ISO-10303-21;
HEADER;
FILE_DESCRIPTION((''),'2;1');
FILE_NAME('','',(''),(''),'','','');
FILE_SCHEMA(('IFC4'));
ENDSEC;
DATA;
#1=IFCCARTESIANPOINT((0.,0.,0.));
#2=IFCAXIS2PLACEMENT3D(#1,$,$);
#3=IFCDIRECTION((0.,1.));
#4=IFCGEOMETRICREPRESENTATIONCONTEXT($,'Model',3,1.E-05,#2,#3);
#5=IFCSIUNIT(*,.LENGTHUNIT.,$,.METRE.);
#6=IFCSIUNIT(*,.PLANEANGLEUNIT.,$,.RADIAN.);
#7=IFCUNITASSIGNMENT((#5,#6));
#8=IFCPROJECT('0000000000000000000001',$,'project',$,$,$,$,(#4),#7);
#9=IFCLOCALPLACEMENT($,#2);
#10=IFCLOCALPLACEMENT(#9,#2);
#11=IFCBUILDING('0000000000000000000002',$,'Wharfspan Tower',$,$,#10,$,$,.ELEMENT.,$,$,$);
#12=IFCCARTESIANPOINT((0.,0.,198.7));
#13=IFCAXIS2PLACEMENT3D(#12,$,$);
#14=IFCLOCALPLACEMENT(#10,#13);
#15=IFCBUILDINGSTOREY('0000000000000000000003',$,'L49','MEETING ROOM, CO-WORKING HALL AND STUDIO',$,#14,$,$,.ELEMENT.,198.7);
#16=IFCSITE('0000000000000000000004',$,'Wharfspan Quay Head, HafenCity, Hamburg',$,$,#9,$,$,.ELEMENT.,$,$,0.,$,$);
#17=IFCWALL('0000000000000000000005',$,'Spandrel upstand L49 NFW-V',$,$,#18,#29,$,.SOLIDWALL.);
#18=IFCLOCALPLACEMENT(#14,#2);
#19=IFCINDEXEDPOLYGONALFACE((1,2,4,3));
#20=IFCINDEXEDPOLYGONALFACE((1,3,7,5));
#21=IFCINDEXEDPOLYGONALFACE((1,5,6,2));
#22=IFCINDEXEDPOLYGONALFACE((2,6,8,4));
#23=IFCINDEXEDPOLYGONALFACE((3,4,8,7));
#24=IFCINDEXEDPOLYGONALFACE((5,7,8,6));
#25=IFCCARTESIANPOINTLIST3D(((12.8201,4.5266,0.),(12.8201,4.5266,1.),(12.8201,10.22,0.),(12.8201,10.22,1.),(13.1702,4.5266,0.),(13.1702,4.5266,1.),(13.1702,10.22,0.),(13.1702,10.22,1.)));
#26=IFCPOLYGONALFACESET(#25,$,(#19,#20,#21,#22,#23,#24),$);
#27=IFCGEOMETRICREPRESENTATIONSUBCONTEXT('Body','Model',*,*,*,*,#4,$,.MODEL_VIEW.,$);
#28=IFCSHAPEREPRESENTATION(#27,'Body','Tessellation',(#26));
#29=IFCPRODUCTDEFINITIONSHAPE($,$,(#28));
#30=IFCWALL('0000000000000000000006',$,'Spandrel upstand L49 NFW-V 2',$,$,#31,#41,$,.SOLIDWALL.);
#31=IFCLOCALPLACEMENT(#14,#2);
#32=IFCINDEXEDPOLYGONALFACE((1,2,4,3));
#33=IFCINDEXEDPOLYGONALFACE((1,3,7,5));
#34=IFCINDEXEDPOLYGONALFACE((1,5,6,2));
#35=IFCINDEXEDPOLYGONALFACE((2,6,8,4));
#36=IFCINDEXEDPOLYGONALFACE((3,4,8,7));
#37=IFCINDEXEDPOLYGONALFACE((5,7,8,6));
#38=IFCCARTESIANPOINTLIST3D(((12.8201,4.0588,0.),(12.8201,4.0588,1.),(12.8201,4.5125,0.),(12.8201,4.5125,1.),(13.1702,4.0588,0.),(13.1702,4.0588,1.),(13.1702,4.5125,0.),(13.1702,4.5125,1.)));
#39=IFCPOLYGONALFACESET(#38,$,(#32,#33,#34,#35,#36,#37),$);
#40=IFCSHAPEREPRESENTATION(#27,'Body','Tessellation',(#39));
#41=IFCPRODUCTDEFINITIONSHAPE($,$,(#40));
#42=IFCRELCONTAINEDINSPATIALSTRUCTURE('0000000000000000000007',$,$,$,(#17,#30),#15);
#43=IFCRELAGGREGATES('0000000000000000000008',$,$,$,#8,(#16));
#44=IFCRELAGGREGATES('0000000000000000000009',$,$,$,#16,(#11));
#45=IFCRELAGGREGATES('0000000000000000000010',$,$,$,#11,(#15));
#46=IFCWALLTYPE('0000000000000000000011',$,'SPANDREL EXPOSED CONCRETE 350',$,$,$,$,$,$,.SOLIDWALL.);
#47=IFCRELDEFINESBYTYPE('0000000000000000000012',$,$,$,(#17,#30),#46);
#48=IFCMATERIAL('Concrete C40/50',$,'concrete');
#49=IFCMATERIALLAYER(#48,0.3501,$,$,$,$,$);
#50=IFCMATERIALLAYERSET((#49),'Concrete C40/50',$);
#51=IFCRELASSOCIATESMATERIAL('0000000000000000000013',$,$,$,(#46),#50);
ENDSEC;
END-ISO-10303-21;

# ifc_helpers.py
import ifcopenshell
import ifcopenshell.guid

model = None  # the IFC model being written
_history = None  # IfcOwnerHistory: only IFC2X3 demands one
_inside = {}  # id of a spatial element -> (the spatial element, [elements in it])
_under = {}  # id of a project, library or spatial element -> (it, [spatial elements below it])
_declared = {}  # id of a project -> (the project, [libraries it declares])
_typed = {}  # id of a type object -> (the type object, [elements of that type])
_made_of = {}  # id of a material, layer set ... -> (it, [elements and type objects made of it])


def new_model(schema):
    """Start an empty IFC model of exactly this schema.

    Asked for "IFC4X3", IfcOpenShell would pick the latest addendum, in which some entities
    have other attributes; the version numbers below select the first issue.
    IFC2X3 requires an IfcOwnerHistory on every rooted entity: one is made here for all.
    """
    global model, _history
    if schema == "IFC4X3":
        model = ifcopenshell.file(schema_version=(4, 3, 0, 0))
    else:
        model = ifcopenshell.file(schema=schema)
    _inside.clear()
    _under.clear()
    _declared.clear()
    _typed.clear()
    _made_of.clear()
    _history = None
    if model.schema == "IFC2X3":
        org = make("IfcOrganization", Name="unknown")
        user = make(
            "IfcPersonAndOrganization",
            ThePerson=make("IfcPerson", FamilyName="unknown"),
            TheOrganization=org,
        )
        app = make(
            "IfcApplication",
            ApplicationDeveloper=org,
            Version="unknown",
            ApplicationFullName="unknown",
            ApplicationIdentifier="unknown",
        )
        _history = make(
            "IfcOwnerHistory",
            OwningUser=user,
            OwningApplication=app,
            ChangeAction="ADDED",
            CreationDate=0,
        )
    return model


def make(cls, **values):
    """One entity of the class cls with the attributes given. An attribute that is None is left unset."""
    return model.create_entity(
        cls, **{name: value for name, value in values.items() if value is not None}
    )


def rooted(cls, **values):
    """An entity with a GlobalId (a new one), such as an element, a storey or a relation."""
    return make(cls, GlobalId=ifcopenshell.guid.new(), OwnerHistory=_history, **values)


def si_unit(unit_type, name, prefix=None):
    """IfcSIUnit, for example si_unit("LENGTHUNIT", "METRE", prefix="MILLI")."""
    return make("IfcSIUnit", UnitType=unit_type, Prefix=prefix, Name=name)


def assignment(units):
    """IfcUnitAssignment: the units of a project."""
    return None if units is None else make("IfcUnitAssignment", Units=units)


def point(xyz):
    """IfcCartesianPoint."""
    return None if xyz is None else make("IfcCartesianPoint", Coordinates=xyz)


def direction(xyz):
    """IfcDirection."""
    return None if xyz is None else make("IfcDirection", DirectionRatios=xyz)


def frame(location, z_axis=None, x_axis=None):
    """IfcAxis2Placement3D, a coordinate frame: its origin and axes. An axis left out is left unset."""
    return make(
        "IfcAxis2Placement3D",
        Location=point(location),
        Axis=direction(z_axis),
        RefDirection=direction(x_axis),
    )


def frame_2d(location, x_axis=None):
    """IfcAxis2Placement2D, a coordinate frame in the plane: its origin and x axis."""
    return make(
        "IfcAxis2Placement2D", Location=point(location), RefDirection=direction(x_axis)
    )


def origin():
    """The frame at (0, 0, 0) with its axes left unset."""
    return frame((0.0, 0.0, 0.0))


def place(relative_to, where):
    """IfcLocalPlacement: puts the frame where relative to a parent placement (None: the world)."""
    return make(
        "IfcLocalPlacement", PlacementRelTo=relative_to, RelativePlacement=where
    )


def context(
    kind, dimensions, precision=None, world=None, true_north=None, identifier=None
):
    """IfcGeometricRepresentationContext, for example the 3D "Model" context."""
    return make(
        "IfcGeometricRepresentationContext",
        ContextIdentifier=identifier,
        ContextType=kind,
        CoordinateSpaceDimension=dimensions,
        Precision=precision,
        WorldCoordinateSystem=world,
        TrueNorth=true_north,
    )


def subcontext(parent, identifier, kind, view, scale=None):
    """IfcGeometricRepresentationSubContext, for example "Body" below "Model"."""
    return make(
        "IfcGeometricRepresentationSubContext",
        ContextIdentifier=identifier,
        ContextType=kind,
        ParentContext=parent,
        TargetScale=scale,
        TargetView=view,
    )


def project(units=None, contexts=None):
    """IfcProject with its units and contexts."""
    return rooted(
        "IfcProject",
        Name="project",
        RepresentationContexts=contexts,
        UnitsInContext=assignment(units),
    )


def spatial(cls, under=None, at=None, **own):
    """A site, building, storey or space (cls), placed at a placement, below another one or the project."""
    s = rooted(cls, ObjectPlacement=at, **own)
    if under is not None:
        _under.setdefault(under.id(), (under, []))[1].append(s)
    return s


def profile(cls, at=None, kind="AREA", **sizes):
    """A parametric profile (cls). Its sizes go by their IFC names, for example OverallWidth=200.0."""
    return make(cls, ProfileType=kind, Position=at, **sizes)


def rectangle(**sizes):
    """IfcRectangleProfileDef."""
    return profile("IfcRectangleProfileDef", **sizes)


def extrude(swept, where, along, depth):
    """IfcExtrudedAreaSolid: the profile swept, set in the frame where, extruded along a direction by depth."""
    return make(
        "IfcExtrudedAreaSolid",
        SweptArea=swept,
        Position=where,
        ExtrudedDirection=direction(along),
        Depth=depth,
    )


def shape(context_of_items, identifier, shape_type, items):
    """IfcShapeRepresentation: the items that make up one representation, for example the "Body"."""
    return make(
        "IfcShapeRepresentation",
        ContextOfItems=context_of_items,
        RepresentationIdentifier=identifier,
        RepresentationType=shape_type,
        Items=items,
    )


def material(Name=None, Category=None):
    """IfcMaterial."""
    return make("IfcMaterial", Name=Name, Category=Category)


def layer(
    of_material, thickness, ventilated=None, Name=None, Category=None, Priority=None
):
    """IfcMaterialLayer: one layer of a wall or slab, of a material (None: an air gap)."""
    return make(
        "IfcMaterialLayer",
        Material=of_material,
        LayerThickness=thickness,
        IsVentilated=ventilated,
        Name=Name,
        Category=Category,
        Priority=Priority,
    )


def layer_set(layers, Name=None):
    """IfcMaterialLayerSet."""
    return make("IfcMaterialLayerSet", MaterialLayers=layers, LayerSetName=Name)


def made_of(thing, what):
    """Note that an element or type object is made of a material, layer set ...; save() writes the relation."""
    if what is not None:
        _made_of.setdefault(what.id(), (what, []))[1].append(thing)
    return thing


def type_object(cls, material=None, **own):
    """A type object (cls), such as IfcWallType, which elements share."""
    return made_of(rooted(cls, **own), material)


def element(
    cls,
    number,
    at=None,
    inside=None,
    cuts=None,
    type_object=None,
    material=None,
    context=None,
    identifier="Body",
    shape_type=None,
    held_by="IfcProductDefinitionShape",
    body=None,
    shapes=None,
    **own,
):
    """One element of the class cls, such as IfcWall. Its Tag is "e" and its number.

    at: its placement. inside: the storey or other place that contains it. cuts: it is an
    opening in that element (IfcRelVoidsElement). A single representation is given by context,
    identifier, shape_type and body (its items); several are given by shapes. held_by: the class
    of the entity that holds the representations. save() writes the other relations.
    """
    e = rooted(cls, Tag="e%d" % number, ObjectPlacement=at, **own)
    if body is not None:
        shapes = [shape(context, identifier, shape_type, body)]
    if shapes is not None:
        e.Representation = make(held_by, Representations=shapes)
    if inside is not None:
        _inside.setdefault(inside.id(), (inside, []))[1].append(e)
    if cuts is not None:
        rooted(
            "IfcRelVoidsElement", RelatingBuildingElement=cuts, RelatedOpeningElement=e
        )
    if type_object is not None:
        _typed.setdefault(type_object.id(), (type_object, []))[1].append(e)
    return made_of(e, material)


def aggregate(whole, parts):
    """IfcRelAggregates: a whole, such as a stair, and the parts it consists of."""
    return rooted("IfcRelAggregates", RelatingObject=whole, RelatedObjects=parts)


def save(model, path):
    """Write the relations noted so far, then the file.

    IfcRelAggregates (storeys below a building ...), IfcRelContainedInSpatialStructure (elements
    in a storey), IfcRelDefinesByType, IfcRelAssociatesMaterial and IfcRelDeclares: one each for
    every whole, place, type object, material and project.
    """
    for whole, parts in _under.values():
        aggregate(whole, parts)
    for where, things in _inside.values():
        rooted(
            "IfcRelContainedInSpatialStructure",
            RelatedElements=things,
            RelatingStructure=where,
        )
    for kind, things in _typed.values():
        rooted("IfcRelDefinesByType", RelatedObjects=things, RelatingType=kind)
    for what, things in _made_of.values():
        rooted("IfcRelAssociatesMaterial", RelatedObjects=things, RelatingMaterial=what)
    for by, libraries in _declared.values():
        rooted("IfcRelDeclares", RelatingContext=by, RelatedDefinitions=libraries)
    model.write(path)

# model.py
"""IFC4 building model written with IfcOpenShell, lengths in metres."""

from ifc_helpers import new_model, si_unit, direction, frame, frame_2d, origin, place, context, subcontext, project, spatial, rectangle, extrude, material, layer, layer_set, type_object, element, save


model = new_model("IFC4")

# Units and contexts
model_context = context("Model", 3, precision=1e-05, world=origin(), true_north=direction((0.0, 1.0)))
body_context = subcontext(model_context, "Body", "Model", "MODEL_VIEW")
ifc_project = project(units=[si_unit("LENGTHUNIT", "METRE"), si_unit("PLANEANGLEUNIT", "RADIAN")], contexts=[model_context])

# Site, building, storey
site_placement = place(None, origin())
site = spatial("IfcSite", under=ifc_project, at=site_placement, Name="Wharfspan Quay Head, HafenCity, Hamburg", CompositionType="ELEMENT", RefElevation=0.0)
building_placement = place(site_placement, origin())
building = spatial("IfcBuilding", under=site, at=building_placement, Name="Wharfspan Tower", CompositionType="ELEMENT")
storey_placement = place(building_placement, frame((0.0, 0.0, 198.7)))
storey = spatial("IfcBuildingStorey", under=building, at=storey_placement, Name="L49", Description="MEETING ROOM, CO-WORKING HALL AND STUDIO", CompositionType="ELEMENT", Elevation=198.7)

# Walls
ifc_material_1 = material(Name="Concrete C40/50", Category="concrete")
ifc_layer_1 = layer(ifc_material_1, 0.3501)
ifc_layer_set_1 = layer_set([ifc_layer_1], Name="Concrete C40/50")
wall_type_1 = type_object("IfcWallType", Name="SPANDREL EXPOSED CONCRETE 350", PredefinedType="SOLIDWALL", material=ifc_layer_set_1)
wall_1_placement = place(storey_placement, frame((12.9951, 10.22, 0.0), z_axis=(0.0, 0.0, 1.0), x_axis=(0.0, -1.0, 0.0)))
element("IfcWall", 1, at=wall_1_placement, inside=storey, type_object=wall_type_1, Name="Spandrel upstand L49 NFW-V", PredefinedType="SOLIDWALL", context=body_context, shape_type="SweptSolid", body=[
    extrude(rectangle(XDim=5.6934, YDim=0.3501, at=frame_2d((2.8467, 0.0))), origin(), (0.0, 0.0, 1.0), 1.0),
])
wall_2_placement = place(storey_placement, frame((12.9951, 4.5125, 0.0), z_axis=(0.0, 0.0, 1.0), x_axis=(0.0, -1.0, 0.0)))
element("IfcWall", 2, at=wall_2_placement, inside=storey, type_object=wall_type_1, Name="Spandrel upstand L49 NFW-V 2", PredefinedType="SOLIDWALL", context=body_context, shape_type="SweptSolid", body=[
    extrude(rectangle(XDim=0.4536, YDim=0.3501, at=frame_2d((0.2268, 0.0))), origin(), (0.0, 0.0, 1.0), 1.0),
])

save(model, "model.ifc")
